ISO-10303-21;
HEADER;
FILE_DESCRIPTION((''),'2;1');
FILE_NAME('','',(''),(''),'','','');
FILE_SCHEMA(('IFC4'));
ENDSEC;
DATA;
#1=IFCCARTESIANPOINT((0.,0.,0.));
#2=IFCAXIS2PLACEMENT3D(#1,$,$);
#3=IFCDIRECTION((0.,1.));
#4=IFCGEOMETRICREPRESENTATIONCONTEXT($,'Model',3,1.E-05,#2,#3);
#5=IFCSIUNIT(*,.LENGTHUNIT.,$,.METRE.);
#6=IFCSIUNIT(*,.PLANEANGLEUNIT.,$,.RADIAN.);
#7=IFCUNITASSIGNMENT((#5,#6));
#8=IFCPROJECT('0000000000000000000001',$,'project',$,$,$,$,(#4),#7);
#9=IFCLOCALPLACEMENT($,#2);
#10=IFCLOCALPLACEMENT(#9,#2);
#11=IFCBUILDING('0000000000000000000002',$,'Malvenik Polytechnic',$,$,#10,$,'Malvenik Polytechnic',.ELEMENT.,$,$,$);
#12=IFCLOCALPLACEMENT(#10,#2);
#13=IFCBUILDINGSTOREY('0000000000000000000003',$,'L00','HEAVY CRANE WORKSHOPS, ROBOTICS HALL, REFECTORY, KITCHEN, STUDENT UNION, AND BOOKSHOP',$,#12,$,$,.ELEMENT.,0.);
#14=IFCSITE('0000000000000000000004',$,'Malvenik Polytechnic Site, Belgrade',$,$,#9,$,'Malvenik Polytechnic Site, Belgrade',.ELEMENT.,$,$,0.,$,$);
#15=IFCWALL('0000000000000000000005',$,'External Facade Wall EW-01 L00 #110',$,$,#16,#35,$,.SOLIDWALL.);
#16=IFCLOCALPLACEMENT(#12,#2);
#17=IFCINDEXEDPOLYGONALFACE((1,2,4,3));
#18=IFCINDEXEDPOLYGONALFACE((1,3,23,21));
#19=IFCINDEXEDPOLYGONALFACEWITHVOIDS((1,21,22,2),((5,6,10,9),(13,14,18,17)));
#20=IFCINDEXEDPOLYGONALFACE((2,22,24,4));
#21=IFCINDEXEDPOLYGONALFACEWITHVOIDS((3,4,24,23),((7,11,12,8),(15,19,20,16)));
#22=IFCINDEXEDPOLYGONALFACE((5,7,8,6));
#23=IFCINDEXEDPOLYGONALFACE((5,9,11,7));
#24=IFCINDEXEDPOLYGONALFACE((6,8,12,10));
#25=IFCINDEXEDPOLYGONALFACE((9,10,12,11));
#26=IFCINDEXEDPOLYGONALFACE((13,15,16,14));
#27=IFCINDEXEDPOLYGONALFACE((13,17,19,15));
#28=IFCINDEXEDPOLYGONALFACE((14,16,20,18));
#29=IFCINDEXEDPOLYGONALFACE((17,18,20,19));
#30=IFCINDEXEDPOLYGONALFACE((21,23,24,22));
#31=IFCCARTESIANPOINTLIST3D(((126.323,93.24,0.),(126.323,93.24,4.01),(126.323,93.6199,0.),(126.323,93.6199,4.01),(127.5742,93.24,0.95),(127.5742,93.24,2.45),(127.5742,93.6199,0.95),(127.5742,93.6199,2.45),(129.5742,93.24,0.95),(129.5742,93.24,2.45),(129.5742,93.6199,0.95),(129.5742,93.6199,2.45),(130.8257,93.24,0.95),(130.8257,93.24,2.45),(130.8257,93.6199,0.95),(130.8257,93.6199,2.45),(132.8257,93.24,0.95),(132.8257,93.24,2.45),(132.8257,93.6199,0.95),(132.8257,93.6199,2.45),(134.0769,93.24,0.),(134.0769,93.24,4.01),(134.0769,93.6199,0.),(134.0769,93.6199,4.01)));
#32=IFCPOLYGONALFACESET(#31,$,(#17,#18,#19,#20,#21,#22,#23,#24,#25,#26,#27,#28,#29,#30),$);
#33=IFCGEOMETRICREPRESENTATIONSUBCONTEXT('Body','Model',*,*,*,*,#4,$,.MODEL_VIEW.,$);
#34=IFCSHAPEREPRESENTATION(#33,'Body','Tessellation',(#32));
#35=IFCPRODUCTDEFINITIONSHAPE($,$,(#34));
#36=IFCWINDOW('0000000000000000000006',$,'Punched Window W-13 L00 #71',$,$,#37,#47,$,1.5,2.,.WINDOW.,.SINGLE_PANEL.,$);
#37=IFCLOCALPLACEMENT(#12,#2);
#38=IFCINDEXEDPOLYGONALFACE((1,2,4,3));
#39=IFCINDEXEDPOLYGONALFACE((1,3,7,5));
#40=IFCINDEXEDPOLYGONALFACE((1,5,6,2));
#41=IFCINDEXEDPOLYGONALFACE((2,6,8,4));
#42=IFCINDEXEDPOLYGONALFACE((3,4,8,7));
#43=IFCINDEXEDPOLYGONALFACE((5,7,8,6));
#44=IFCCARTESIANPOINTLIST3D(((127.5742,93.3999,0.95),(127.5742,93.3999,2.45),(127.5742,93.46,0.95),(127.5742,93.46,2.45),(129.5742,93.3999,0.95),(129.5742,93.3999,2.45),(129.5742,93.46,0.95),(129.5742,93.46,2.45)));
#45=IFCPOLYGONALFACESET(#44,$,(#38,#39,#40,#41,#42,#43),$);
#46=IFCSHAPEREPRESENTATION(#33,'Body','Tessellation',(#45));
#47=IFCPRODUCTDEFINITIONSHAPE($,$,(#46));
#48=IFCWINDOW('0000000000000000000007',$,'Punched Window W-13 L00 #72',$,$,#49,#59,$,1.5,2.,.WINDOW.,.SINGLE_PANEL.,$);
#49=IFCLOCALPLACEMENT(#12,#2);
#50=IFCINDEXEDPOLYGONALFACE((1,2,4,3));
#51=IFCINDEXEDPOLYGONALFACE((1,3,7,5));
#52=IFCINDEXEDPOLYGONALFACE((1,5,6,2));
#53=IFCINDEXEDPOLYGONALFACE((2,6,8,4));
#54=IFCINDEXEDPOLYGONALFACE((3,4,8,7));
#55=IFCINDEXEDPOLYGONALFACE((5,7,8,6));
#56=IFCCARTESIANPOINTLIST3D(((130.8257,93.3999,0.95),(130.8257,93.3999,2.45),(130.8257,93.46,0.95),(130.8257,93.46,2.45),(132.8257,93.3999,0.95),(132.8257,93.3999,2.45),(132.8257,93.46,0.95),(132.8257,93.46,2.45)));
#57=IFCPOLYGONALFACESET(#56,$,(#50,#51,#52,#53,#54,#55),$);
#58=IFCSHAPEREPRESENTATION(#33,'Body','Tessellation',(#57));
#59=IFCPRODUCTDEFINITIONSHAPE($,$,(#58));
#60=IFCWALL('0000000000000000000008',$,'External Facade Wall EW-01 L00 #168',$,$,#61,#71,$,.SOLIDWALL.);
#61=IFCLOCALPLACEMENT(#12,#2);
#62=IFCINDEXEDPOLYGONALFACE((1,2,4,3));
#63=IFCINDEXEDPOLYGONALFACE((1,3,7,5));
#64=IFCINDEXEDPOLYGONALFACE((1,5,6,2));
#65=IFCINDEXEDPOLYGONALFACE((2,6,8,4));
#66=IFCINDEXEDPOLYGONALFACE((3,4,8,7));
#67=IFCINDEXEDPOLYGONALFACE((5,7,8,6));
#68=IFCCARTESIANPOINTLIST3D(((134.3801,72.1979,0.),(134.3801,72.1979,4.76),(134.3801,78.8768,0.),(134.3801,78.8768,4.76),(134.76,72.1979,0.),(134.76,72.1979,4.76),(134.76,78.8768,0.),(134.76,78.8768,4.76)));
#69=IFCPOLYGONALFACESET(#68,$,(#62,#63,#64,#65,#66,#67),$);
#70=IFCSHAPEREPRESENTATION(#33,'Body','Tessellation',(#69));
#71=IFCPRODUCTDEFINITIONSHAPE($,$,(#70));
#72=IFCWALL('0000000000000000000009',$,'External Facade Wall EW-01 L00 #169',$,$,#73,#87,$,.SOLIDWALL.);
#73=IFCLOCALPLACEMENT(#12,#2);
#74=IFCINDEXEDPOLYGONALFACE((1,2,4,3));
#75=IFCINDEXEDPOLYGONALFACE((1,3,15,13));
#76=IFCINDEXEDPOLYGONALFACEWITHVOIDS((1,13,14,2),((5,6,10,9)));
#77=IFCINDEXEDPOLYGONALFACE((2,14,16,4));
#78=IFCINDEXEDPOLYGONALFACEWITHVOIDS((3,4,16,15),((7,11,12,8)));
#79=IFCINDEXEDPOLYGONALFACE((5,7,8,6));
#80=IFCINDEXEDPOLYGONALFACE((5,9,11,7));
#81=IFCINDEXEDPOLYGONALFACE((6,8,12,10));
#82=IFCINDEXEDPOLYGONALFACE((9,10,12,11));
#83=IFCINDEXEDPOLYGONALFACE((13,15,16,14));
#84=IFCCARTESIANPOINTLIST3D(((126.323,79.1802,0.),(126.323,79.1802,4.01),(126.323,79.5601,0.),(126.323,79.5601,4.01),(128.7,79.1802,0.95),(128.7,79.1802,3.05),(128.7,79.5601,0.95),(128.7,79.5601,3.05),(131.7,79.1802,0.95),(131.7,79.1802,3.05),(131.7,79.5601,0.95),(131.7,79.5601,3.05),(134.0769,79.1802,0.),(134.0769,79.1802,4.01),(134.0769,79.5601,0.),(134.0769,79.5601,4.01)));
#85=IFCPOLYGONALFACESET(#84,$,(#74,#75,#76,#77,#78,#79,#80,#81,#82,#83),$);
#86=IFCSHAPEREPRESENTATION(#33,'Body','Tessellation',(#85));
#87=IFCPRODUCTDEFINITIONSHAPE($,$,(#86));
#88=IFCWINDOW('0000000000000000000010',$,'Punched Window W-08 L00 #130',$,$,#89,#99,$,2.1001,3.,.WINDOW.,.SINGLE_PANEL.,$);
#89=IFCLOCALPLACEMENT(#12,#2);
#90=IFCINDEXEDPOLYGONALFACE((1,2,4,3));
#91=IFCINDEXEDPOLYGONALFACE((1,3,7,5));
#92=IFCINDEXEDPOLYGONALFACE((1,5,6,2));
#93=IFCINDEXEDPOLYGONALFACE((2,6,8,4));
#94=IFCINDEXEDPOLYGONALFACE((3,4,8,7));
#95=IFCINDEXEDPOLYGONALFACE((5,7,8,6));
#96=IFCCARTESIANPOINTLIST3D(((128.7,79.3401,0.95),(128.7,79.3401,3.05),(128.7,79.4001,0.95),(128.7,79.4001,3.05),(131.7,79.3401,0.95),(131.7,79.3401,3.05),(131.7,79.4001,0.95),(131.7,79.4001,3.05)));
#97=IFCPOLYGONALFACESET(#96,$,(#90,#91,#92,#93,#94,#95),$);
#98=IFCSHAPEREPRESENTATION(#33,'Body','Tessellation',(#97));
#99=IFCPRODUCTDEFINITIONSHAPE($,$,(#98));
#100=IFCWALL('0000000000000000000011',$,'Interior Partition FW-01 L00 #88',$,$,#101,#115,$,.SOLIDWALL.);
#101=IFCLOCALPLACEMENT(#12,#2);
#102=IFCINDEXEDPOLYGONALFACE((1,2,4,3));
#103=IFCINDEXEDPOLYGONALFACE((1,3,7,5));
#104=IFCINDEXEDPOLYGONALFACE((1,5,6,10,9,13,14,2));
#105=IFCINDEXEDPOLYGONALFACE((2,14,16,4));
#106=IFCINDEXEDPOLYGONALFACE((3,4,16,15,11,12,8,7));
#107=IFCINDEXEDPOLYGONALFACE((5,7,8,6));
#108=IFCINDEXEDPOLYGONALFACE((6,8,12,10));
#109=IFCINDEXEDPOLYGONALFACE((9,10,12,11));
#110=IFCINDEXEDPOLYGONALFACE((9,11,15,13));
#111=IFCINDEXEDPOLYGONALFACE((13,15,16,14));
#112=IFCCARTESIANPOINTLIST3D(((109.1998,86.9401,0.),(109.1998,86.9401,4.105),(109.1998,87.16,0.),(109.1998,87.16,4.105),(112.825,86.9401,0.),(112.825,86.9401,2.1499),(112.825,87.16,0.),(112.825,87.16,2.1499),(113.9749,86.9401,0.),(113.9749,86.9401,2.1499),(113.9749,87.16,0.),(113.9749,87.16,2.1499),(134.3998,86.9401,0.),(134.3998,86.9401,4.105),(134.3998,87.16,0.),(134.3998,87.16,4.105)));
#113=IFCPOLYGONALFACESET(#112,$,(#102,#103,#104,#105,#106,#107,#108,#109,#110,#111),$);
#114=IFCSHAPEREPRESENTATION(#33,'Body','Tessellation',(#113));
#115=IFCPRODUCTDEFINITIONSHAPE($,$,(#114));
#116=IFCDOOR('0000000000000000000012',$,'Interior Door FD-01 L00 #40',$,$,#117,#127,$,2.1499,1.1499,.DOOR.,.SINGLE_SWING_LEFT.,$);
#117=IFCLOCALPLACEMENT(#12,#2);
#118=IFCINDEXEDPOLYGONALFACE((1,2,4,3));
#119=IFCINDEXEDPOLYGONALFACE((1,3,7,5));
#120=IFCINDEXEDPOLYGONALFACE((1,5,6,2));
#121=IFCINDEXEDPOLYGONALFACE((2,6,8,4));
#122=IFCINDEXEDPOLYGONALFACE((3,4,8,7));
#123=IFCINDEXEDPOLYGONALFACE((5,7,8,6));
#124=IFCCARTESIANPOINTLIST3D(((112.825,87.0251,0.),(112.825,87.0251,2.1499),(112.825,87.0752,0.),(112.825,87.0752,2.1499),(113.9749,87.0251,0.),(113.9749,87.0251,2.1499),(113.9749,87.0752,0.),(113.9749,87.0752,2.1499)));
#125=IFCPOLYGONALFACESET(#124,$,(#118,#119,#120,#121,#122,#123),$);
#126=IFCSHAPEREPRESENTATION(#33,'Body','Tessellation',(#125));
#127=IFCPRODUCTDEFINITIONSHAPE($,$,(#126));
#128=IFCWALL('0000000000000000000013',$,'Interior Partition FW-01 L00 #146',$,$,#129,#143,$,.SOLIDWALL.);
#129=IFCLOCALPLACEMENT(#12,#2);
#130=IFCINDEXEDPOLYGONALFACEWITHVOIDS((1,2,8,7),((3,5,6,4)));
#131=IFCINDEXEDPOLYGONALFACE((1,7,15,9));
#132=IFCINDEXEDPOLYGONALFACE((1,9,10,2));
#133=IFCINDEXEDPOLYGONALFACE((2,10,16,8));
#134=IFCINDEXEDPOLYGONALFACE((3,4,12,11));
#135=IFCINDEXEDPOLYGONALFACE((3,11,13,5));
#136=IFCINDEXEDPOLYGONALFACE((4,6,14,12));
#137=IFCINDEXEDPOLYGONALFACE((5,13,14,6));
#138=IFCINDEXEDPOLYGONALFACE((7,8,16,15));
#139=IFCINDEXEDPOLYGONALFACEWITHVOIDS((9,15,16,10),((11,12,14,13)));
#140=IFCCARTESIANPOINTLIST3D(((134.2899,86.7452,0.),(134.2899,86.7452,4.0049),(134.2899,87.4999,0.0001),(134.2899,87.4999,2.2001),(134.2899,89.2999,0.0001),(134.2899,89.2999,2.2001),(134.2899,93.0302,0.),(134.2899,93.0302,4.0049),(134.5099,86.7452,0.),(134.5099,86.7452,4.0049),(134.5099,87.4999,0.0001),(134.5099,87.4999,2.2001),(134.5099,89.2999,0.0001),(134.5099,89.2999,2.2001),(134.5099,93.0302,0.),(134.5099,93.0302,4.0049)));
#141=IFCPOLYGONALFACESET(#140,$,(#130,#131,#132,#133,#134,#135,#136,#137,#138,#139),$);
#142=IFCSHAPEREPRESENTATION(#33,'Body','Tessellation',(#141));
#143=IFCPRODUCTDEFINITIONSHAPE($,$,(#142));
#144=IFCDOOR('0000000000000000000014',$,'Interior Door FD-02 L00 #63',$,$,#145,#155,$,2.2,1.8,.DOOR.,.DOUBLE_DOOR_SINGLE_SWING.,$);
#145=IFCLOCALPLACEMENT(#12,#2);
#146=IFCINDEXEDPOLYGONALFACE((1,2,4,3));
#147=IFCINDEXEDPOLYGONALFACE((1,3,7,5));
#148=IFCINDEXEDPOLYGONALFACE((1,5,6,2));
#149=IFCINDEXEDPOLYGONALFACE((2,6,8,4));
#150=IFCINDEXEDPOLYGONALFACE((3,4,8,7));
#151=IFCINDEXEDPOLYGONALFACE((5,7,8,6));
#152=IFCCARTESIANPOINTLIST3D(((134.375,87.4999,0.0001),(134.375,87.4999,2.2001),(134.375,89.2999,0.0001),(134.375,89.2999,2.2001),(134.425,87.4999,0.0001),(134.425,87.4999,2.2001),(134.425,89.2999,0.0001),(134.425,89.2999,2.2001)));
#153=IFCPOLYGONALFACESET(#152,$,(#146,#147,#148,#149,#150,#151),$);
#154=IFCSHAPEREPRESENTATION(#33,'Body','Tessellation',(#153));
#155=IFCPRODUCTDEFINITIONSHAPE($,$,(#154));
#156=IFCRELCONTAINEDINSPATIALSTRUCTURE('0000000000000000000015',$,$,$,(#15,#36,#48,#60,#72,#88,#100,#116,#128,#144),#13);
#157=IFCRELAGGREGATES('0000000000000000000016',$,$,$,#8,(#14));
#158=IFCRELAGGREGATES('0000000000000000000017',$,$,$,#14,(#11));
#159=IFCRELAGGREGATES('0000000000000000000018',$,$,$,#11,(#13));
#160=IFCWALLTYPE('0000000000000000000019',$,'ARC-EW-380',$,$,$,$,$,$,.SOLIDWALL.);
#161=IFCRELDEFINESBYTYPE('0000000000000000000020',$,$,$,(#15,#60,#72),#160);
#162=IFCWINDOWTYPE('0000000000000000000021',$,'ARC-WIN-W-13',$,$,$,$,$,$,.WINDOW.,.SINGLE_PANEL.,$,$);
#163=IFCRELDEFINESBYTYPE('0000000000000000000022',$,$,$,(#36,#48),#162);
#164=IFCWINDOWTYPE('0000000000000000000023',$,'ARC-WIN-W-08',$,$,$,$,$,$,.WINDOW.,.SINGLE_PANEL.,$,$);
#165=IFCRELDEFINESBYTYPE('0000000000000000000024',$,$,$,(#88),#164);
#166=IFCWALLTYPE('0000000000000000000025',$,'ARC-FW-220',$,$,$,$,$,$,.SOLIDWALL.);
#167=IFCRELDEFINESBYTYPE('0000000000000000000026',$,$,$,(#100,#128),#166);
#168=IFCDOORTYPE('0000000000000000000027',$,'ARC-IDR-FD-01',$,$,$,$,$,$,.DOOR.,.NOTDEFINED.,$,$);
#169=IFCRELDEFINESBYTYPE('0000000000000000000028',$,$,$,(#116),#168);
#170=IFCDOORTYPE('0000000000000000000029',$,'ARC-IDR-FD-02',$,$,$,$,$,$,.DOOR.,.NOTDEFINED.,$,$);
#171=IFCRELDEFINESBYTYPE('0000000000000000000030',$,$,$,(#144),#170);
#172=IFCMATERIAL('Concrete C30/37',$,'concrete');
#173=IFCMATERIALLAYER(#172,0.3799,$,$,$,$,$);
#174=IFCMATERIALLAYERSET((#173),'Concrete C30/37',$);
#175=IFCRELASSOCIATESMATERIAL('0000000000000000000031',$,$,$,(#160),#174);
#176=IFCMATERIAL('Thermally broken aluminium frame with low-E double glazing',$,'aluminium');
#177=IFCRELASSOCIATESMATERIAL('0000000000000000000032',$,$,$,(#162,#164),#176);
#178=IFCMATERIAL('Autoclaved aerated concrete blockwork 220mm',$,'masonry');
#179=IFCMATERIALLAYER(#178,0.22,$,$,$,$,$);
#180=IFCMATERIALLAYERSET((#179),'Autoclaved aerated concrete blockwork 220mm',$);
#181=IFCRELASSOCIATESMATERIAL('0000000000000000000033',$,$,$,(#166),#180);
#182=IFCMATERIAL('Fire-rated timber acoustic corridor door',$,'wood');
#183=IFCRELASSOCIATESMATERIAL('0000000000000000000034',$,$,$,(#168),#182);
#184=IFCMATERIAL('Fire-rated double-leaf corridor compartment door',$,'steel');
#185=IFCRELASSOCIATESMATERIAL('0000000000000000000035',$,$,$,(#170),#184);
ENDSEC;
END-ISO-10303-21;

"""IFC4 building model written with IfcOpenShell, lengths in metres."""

from ifc_helpers import new_model, si_unit, direction, frame, frame_2d, origin, place, context, subcontext, project, spatial, rectangle, extrude, material, layer, layer_set, type_object, element, fill, save


model = new_model("IFC4")

# Units and contexts
model_context = context("Model", 3, precision=1e-05, world=origin(), true_north=direction((0.0, 1.0)))
body_context = subcontext(model_context, "Body", "Model", "MODEL_VIEW")
ifc_project = project(units=[si_unit("LENGTHUNIT", "METRE"), si_unit("PLANEANGLEUNIT", "RADIAN")], contexts=[model_context])

# Site, building, storey
site_placement = place(None, origin())
site = spatial("IfcSite", under=ifc_project, at=site_placement, Name="Malvenik Polytechnic Site, Belgrade", LongName="Malvenik Polytechnic Site, Belgrade", CompositionType="ELEMENT", RefElevation=0.0)
building_placement = place(site_placement, origin())
building = spatial("IfcBuilding", under=site, at=building_placement, Name="Malvenik Polytechnic", LongName="Malvenik Polytechnic", CompositionType="ELEMENT")
storey_placement = place(building_placement, origin())
storey = spatial("IfcBuildingStorey", under=building, at=storey_placement, Name="L00", Description="HEAVY CRANE WORKSHOPS, ROBOTICS HALL, REFECTORY, KITCHEN, STUDENT UNION, AND BOOKSHOP", CompositionType="ELEMENT", Elevation=0.0)

# Shared definitions
ifc_material_1 = material(Name="Concrete C30/37", Category="concrete")

# Wall, openings, windows
ifc_layer_1 = layer(ifc_material_1, 0.3799)
ifc_layer_set_1 = layer_set([ifc_layer_1], Name="Concrete C30/37")
wall_type_1 = type_object("IfcWallType", Name="ARC-EW-380", PredefinedType="SOLIDWALL", material=ifc_layer_set_1)
wall_1_placement = place(storey_placement, frame((126.323, 93.4299, 0.0), z_axis=(0.0, 0.0, 1.0), x_axis=(1.0, 0.0, 0.0)))
wall_1 = element("IfcWall", 1, at=wall_1_placement, inside=storey, type_object=wall_type_1, Name="External Facade Wall EW-01 L00 #110", PredefinedType="SOLIDWALL", context=body_context, shape_type="SweptSolid", body=[
    extrude(rectangle(XDim=7.7539, YDim=0.3799, at=frame_2d((3.877, 0.0))), origin(), (0.0, 0.0, 1.0), 4.01),
])
opening_1_placement = place(wall_1_placement, frame((1.2512, 0.0, 0.95)))
opening_1 = element("IfcOpeningElement", 2, at=opening_1_placement, cuts=wall_1, PredefinedType="OPENING", context=body_context, shape_type="SweptSolid", body=[
    extrude(rectangle(XDim=2.0, YDim=1.5, at=frame_2d((1.0, 0.75))), frame((0.0, 0.2, 0.0), z_axis=(0.0, -1.0, 0.0), x_axis=(1.0, 0.0, 0.0)), (0.0, 0.0, 1.0), 0.3999),
])
opening_2_placement = place(wall_1_placement, frame((4.5027, 0.0, 0.95)))
opening_2 = element("IfcOpeningElement", 3, at=opening_2_placement, cuts=wall_1, PredefinedType="OPENING", context=body_context, shape_type="SweptSolid", body=[
    extrude(rectangle(XDim=2.0, YDim=1.5, at=frame_2d((1.0, 0.75))), frame((0.0, 0.2, 0.0), z_axis=(0.0, -1.0, 0.0), x_axis=(1.0, 0.0, 0.0)), (0.0, 0.0, 1.0), 0.3999),
])
ifc_material_2 = material(Name="Thermally broken aluminium frame with low-E double glazing", Category="aluminium")
window_type_1 = type_object("IfcWindowType", Name="ARC-WIN-W-13", PartitioningType="SINGLE_PANEL", PredefinedType="WINDOW", material=ifc_material_2)
window_1_placement = place(opening_1_placement, origin())
window_1 = element("IfcWindow", 4, at=window_1_placement, inside=storey, type_object=window_type_1, Name="Punched Window W-13 L00 #71", OverallHeight=1.5, OverallWidth=2.0, PartitioningType="SINGLE_PANEL", PredefinedType="WINDOW", context=body_context, shape_type="SweptSolid", body=[
    extrude(rectangle(XDim=2.0, YDim=1.5, at=frame_2d((1.0, 0.75))), frame((0.0, 0.03, 0.0), z_axis=(0.0, -1.0, 0.0), x_axis=(1.0, 0.0, 0.0)), (0.0, 0.0, 1.0), 0.0601),
])
fill(opening_1, window_1)
window_2_placement = place(opening_2_placement, origin())
window_2 = element("IfcWindow", 5, at=window_2_placement, inside=storey, type_object=window_type_1, Name="Punched Window W-13 L00 #72", OverallHeight=1.5, OverallWidth=2.0, PartitioningType="SINGLE_PANEL", PredefinedType="WINDOW", context=body_context, shape_type="SweptSolid", body=[
    extrude(rectangle(XDim=2.0, YDim=1.5, at=frame_2d((1.0, 0.75))), frame((0.0, 0.03, 0.0), z_axis=(0.0, -1.0, 0.0), x_axis=(1.0, 0.0, 0.0)), (0.0, 0.0, 1.0), 0.0601),
])
fill(opening_2, window_2)

# Wall
wall_2_placement = place(storey_placement, frame((134.5701, 72.198, 0.0), z_axis=(0.0, 0.0, 1.0), x_axis=(0.0, 1.0, 0.0)))
element("IfcWall", 6, at=wall_2_placement, inside=storey, type_object=wall_type_1, Name="External Facade Wall EW-01 L00 #168", PredefinedType="SOLIDWALL", context=body_context, shape_type="SweptSolid", body=[
    extrude(rectangle(XDim=6.679, YDim=0.3799, at=frame_2d((3.3394, 0.0))), origin(), (0.0, 0.0, 1.0), 4.76),
])

# Wall, opening, window
wall_3_placement = place(storey_placement, frame((134.0769, 79.3701, 0.0), z_axis=(0.0, 0.0, 1.0), x_axis=(-1.0, 0.0, 0.0)))
wall_3 = element("IfcWall", 7, at=wall_3_placement, inside=storey, type_object=wall_type_1, Name="External Facade Wall EW-01 L00 #169", PredefinedType="SOLIDWALL", context=body_context, shape_type="SweptSolid", body=[
    extrude(rectangle(XDim=7.7539, YDim=0.3799, at=frame_2d((3.877, 0.0))), origin(), (0.0, 0.0, 1.0), 4.01),
])
opening_3_placement = place(wall_3_placement, frame((2.377, 0.0, 0.95)))
opening_3 = element("IfcOpeningElement", 8, at=opening_3_placement, cuts=wall_3, PredefinedType="OPENING", context=body_context, shape_type="SweptSolid", body=[
    extrude(rectangle(XDim=3.0, YDim=2.1001, at=frame_2d((1.5, 1.05))), frame((0.0, 0.2, 0.0), z_axis=(0.0, -1.0, 0.0), x_axis=(1.0, 0.0, 0.0)), (0.0, 0.0, 1.0), 0.3999),
])
window_type_2 = type_object("IfcWindowType", Name="ARC-WIN-W-08", PartitioningType="SINGLE_PANEL", PredefinedType="WINDOW", material=ifc_material_2)
window_3_placement = place(opening_3_placement, origin())
window_3 = element("IfcWindow", 9, at=window_3_placement, inside=storey, type_object=window_type_2, Name="Punched Window W-08 L00 #130", OverallHeight=2.1001, OverallWidth=3.0, PartitioningType="SINGLE_PANEL", PredefinedType="WINDOW", context=body_context, shape_type="SweptSolid", body=[
    extrude(rectangle(XDim=3.0, YDim=2.1001, at=frame_2d((1.5, 1.05))), frame((0.0, 0.03, 0.0), z_axis=(0.0, -1.0, 0.0), x_axis=(1.0, 0.0, 0.0)), (0.0, 0.0, 1.0), 0.0601),
])
fill(opening_3, window_3)

# Walls, openings, doors
ifc_material_3 = material(Name="Autoclaved aerated concrete blockwork 220mm", Category="masonry")
ifc_layer_2 = layer(ifc_material_3, 0.22)
ifc_layer_set_2 = layer_set([ifc_layer_2], Name="Autoclaved aerated concrete blockwork 220mm")
wall_type_2 = type_object("IfcWallType", Name="ARC-FW-220", PredefinedType="SOLIDWALL", material=ifc_layer_set_2)
wall_4_placement = place(storey_placement, frame((134.3999, 87.05, 0.0), z_axis=(0.0, 0.0, 1.0), x_axis=(-1.0, 0.0, 0.0)))
wall_4 = element("IfcWall", 10, at=wall_4_placement, inside=storey, type_object=wall_type_2, Name="Interior Partition FW-01 L00 #88", PredefinedType="SOLIDWALL", context=body_context, shape_type="SweptSolid", body=[
    extrude(rectangle(XDim=25.2, YDim=0.22, at=frame_2d((12.6001, 0.0))), origin(), (0.0, 0.0, 1.0), 4.105),
])
opening_4_placement = place(wall_4_placement, frame((20.425, 0.0, 0.0)))
opening_4 = element("IfcOpeningElement", 11, at=opening_4_placement, cuts=wall_4, PredefinedType="OPENING", context=body_context, shape_type="SweptSolid", body=[
    extrude(rectangle(XDim=1.1499, YDim=2.1499, at=frame_2d((0.575, 1.075))), frame((0.0, 0.1201, 0.0), z_axis=(0.0, -1.0, 0.0), x_axis=(1.0, 0.0, 0.0)), (0.0, 0.0, 1.0), 0.24),
])
ifc_material_4 = material(Name="Fire-rated timber acoustic corridor door", Category="wood")
door_type_1 = type_object("IfcDoorType", Name="ARC-IDR-FD-01", OperationType="NOTDEFINED", PredefinedType="DOOR", material=ifc_material_4)
door_1_placement = place(opening_4_placement, origin())
door_1 = element("IfcDoor", 12, at=door_1_placement, inside=storey, type_object=door_type_1, Name="Interior Door FD-01 L00 #40", OperationType="SINGLE_SWING_LEFT", OverallHeight=2.1499, OverallWidth=1.1499, PredefinedType="DOOR", context=body_context, shape_type="SweptSolid", body=[
    extrude(rectangle(XDim=1.1499, YDim=2.1499, at=frame_2d((0.575, 1.075))), frame((0.0, 0.0249, 0.0), z_axis=(0.0, -1.0, 0.0), x_axis=(1.0, 0.0, 0.0)), (0.0, 0.0, 1.0), 0.05),
])
fill(opening_4, door_1)
wall_5_placement = place(storey_placement, frame((134.3999, 86.7451, 0.0), z_axis=(0.0, 0.0, 1.0), x_axis=(0.0, 1.0, 0.0)))
wall_5 = element("IfcWall", 13, at=wall_5_placement, inside=storey, type_object=wall_type_2, Name="Interior Partition FW-01 L00 #146", PredefinedType="SOLIDWALL", context=body_context, shape_type="SweptSolid", body=[
    extrude(rectangle(XDim=6.2849, YDim=0.22, at=frame_2d((3.1426, 0.0))), origin(), (0.0, 0.0, 1.0), 4.0049),
])
opening_5_placement = place(wall_5_placement, frame((0.7549, 0.0, 0.0)))
opening_5 = element("IfcOpeningElement", 14, at=opening_5_placement, cuts=wall_5, PredefinedType="OPENING", context=body_context, shape_type="SweptSolid", body=[
    extrude(rectangle(XDim=1.8, YDim=2.2, at=frame_2d((0.8999, 1.1001))), frame((0.0, 0.1201, 0.0), z_axis=(0.0, -1.0, 0.0), x_axis=(1.0, 0.0, 0.0)), (0.0, 0.0, 1.0), 0.24),
])
ifc_material_5 = material(Name="Fire-rated double-leaf corridor compartment door", Category="steel")
door_type_2 = type_object("IfcDoorType", Name="ARC-IDR-FD-02", OperationType="NOTDEFINED", PredefinedType="DOOR", material=ifc_material_5)
door_2_placement = place(opening_5_placement, origin())
door_2 = element("IfcDoor", 15, at=door_2_placement, inside=storey, type_object=door_type_2, Name="Interior Door FD-02 L00 #63", OperationType="DOUBLE_DOOR_SINGLE_SWING", OverallHeight=2.2, OverallWidth=1.8, PredefinedType="DOOR", context=body_context, shape_type="SweptSolid", body=[
    extrude(rectangle(XDim=1.8, YDim=2.2, at=frame_2d((0.8999, 1.1001))), frame((0.0, 0.0249, 0.0), z_axis=(0.0, -1.0, 0.0), x_axis=(1.0, 0.0, 0.0)), (0.0, 0.0, 1.0), 0.05),
])
fill(opening_5, door_2)

save(model, "model.ifc")
